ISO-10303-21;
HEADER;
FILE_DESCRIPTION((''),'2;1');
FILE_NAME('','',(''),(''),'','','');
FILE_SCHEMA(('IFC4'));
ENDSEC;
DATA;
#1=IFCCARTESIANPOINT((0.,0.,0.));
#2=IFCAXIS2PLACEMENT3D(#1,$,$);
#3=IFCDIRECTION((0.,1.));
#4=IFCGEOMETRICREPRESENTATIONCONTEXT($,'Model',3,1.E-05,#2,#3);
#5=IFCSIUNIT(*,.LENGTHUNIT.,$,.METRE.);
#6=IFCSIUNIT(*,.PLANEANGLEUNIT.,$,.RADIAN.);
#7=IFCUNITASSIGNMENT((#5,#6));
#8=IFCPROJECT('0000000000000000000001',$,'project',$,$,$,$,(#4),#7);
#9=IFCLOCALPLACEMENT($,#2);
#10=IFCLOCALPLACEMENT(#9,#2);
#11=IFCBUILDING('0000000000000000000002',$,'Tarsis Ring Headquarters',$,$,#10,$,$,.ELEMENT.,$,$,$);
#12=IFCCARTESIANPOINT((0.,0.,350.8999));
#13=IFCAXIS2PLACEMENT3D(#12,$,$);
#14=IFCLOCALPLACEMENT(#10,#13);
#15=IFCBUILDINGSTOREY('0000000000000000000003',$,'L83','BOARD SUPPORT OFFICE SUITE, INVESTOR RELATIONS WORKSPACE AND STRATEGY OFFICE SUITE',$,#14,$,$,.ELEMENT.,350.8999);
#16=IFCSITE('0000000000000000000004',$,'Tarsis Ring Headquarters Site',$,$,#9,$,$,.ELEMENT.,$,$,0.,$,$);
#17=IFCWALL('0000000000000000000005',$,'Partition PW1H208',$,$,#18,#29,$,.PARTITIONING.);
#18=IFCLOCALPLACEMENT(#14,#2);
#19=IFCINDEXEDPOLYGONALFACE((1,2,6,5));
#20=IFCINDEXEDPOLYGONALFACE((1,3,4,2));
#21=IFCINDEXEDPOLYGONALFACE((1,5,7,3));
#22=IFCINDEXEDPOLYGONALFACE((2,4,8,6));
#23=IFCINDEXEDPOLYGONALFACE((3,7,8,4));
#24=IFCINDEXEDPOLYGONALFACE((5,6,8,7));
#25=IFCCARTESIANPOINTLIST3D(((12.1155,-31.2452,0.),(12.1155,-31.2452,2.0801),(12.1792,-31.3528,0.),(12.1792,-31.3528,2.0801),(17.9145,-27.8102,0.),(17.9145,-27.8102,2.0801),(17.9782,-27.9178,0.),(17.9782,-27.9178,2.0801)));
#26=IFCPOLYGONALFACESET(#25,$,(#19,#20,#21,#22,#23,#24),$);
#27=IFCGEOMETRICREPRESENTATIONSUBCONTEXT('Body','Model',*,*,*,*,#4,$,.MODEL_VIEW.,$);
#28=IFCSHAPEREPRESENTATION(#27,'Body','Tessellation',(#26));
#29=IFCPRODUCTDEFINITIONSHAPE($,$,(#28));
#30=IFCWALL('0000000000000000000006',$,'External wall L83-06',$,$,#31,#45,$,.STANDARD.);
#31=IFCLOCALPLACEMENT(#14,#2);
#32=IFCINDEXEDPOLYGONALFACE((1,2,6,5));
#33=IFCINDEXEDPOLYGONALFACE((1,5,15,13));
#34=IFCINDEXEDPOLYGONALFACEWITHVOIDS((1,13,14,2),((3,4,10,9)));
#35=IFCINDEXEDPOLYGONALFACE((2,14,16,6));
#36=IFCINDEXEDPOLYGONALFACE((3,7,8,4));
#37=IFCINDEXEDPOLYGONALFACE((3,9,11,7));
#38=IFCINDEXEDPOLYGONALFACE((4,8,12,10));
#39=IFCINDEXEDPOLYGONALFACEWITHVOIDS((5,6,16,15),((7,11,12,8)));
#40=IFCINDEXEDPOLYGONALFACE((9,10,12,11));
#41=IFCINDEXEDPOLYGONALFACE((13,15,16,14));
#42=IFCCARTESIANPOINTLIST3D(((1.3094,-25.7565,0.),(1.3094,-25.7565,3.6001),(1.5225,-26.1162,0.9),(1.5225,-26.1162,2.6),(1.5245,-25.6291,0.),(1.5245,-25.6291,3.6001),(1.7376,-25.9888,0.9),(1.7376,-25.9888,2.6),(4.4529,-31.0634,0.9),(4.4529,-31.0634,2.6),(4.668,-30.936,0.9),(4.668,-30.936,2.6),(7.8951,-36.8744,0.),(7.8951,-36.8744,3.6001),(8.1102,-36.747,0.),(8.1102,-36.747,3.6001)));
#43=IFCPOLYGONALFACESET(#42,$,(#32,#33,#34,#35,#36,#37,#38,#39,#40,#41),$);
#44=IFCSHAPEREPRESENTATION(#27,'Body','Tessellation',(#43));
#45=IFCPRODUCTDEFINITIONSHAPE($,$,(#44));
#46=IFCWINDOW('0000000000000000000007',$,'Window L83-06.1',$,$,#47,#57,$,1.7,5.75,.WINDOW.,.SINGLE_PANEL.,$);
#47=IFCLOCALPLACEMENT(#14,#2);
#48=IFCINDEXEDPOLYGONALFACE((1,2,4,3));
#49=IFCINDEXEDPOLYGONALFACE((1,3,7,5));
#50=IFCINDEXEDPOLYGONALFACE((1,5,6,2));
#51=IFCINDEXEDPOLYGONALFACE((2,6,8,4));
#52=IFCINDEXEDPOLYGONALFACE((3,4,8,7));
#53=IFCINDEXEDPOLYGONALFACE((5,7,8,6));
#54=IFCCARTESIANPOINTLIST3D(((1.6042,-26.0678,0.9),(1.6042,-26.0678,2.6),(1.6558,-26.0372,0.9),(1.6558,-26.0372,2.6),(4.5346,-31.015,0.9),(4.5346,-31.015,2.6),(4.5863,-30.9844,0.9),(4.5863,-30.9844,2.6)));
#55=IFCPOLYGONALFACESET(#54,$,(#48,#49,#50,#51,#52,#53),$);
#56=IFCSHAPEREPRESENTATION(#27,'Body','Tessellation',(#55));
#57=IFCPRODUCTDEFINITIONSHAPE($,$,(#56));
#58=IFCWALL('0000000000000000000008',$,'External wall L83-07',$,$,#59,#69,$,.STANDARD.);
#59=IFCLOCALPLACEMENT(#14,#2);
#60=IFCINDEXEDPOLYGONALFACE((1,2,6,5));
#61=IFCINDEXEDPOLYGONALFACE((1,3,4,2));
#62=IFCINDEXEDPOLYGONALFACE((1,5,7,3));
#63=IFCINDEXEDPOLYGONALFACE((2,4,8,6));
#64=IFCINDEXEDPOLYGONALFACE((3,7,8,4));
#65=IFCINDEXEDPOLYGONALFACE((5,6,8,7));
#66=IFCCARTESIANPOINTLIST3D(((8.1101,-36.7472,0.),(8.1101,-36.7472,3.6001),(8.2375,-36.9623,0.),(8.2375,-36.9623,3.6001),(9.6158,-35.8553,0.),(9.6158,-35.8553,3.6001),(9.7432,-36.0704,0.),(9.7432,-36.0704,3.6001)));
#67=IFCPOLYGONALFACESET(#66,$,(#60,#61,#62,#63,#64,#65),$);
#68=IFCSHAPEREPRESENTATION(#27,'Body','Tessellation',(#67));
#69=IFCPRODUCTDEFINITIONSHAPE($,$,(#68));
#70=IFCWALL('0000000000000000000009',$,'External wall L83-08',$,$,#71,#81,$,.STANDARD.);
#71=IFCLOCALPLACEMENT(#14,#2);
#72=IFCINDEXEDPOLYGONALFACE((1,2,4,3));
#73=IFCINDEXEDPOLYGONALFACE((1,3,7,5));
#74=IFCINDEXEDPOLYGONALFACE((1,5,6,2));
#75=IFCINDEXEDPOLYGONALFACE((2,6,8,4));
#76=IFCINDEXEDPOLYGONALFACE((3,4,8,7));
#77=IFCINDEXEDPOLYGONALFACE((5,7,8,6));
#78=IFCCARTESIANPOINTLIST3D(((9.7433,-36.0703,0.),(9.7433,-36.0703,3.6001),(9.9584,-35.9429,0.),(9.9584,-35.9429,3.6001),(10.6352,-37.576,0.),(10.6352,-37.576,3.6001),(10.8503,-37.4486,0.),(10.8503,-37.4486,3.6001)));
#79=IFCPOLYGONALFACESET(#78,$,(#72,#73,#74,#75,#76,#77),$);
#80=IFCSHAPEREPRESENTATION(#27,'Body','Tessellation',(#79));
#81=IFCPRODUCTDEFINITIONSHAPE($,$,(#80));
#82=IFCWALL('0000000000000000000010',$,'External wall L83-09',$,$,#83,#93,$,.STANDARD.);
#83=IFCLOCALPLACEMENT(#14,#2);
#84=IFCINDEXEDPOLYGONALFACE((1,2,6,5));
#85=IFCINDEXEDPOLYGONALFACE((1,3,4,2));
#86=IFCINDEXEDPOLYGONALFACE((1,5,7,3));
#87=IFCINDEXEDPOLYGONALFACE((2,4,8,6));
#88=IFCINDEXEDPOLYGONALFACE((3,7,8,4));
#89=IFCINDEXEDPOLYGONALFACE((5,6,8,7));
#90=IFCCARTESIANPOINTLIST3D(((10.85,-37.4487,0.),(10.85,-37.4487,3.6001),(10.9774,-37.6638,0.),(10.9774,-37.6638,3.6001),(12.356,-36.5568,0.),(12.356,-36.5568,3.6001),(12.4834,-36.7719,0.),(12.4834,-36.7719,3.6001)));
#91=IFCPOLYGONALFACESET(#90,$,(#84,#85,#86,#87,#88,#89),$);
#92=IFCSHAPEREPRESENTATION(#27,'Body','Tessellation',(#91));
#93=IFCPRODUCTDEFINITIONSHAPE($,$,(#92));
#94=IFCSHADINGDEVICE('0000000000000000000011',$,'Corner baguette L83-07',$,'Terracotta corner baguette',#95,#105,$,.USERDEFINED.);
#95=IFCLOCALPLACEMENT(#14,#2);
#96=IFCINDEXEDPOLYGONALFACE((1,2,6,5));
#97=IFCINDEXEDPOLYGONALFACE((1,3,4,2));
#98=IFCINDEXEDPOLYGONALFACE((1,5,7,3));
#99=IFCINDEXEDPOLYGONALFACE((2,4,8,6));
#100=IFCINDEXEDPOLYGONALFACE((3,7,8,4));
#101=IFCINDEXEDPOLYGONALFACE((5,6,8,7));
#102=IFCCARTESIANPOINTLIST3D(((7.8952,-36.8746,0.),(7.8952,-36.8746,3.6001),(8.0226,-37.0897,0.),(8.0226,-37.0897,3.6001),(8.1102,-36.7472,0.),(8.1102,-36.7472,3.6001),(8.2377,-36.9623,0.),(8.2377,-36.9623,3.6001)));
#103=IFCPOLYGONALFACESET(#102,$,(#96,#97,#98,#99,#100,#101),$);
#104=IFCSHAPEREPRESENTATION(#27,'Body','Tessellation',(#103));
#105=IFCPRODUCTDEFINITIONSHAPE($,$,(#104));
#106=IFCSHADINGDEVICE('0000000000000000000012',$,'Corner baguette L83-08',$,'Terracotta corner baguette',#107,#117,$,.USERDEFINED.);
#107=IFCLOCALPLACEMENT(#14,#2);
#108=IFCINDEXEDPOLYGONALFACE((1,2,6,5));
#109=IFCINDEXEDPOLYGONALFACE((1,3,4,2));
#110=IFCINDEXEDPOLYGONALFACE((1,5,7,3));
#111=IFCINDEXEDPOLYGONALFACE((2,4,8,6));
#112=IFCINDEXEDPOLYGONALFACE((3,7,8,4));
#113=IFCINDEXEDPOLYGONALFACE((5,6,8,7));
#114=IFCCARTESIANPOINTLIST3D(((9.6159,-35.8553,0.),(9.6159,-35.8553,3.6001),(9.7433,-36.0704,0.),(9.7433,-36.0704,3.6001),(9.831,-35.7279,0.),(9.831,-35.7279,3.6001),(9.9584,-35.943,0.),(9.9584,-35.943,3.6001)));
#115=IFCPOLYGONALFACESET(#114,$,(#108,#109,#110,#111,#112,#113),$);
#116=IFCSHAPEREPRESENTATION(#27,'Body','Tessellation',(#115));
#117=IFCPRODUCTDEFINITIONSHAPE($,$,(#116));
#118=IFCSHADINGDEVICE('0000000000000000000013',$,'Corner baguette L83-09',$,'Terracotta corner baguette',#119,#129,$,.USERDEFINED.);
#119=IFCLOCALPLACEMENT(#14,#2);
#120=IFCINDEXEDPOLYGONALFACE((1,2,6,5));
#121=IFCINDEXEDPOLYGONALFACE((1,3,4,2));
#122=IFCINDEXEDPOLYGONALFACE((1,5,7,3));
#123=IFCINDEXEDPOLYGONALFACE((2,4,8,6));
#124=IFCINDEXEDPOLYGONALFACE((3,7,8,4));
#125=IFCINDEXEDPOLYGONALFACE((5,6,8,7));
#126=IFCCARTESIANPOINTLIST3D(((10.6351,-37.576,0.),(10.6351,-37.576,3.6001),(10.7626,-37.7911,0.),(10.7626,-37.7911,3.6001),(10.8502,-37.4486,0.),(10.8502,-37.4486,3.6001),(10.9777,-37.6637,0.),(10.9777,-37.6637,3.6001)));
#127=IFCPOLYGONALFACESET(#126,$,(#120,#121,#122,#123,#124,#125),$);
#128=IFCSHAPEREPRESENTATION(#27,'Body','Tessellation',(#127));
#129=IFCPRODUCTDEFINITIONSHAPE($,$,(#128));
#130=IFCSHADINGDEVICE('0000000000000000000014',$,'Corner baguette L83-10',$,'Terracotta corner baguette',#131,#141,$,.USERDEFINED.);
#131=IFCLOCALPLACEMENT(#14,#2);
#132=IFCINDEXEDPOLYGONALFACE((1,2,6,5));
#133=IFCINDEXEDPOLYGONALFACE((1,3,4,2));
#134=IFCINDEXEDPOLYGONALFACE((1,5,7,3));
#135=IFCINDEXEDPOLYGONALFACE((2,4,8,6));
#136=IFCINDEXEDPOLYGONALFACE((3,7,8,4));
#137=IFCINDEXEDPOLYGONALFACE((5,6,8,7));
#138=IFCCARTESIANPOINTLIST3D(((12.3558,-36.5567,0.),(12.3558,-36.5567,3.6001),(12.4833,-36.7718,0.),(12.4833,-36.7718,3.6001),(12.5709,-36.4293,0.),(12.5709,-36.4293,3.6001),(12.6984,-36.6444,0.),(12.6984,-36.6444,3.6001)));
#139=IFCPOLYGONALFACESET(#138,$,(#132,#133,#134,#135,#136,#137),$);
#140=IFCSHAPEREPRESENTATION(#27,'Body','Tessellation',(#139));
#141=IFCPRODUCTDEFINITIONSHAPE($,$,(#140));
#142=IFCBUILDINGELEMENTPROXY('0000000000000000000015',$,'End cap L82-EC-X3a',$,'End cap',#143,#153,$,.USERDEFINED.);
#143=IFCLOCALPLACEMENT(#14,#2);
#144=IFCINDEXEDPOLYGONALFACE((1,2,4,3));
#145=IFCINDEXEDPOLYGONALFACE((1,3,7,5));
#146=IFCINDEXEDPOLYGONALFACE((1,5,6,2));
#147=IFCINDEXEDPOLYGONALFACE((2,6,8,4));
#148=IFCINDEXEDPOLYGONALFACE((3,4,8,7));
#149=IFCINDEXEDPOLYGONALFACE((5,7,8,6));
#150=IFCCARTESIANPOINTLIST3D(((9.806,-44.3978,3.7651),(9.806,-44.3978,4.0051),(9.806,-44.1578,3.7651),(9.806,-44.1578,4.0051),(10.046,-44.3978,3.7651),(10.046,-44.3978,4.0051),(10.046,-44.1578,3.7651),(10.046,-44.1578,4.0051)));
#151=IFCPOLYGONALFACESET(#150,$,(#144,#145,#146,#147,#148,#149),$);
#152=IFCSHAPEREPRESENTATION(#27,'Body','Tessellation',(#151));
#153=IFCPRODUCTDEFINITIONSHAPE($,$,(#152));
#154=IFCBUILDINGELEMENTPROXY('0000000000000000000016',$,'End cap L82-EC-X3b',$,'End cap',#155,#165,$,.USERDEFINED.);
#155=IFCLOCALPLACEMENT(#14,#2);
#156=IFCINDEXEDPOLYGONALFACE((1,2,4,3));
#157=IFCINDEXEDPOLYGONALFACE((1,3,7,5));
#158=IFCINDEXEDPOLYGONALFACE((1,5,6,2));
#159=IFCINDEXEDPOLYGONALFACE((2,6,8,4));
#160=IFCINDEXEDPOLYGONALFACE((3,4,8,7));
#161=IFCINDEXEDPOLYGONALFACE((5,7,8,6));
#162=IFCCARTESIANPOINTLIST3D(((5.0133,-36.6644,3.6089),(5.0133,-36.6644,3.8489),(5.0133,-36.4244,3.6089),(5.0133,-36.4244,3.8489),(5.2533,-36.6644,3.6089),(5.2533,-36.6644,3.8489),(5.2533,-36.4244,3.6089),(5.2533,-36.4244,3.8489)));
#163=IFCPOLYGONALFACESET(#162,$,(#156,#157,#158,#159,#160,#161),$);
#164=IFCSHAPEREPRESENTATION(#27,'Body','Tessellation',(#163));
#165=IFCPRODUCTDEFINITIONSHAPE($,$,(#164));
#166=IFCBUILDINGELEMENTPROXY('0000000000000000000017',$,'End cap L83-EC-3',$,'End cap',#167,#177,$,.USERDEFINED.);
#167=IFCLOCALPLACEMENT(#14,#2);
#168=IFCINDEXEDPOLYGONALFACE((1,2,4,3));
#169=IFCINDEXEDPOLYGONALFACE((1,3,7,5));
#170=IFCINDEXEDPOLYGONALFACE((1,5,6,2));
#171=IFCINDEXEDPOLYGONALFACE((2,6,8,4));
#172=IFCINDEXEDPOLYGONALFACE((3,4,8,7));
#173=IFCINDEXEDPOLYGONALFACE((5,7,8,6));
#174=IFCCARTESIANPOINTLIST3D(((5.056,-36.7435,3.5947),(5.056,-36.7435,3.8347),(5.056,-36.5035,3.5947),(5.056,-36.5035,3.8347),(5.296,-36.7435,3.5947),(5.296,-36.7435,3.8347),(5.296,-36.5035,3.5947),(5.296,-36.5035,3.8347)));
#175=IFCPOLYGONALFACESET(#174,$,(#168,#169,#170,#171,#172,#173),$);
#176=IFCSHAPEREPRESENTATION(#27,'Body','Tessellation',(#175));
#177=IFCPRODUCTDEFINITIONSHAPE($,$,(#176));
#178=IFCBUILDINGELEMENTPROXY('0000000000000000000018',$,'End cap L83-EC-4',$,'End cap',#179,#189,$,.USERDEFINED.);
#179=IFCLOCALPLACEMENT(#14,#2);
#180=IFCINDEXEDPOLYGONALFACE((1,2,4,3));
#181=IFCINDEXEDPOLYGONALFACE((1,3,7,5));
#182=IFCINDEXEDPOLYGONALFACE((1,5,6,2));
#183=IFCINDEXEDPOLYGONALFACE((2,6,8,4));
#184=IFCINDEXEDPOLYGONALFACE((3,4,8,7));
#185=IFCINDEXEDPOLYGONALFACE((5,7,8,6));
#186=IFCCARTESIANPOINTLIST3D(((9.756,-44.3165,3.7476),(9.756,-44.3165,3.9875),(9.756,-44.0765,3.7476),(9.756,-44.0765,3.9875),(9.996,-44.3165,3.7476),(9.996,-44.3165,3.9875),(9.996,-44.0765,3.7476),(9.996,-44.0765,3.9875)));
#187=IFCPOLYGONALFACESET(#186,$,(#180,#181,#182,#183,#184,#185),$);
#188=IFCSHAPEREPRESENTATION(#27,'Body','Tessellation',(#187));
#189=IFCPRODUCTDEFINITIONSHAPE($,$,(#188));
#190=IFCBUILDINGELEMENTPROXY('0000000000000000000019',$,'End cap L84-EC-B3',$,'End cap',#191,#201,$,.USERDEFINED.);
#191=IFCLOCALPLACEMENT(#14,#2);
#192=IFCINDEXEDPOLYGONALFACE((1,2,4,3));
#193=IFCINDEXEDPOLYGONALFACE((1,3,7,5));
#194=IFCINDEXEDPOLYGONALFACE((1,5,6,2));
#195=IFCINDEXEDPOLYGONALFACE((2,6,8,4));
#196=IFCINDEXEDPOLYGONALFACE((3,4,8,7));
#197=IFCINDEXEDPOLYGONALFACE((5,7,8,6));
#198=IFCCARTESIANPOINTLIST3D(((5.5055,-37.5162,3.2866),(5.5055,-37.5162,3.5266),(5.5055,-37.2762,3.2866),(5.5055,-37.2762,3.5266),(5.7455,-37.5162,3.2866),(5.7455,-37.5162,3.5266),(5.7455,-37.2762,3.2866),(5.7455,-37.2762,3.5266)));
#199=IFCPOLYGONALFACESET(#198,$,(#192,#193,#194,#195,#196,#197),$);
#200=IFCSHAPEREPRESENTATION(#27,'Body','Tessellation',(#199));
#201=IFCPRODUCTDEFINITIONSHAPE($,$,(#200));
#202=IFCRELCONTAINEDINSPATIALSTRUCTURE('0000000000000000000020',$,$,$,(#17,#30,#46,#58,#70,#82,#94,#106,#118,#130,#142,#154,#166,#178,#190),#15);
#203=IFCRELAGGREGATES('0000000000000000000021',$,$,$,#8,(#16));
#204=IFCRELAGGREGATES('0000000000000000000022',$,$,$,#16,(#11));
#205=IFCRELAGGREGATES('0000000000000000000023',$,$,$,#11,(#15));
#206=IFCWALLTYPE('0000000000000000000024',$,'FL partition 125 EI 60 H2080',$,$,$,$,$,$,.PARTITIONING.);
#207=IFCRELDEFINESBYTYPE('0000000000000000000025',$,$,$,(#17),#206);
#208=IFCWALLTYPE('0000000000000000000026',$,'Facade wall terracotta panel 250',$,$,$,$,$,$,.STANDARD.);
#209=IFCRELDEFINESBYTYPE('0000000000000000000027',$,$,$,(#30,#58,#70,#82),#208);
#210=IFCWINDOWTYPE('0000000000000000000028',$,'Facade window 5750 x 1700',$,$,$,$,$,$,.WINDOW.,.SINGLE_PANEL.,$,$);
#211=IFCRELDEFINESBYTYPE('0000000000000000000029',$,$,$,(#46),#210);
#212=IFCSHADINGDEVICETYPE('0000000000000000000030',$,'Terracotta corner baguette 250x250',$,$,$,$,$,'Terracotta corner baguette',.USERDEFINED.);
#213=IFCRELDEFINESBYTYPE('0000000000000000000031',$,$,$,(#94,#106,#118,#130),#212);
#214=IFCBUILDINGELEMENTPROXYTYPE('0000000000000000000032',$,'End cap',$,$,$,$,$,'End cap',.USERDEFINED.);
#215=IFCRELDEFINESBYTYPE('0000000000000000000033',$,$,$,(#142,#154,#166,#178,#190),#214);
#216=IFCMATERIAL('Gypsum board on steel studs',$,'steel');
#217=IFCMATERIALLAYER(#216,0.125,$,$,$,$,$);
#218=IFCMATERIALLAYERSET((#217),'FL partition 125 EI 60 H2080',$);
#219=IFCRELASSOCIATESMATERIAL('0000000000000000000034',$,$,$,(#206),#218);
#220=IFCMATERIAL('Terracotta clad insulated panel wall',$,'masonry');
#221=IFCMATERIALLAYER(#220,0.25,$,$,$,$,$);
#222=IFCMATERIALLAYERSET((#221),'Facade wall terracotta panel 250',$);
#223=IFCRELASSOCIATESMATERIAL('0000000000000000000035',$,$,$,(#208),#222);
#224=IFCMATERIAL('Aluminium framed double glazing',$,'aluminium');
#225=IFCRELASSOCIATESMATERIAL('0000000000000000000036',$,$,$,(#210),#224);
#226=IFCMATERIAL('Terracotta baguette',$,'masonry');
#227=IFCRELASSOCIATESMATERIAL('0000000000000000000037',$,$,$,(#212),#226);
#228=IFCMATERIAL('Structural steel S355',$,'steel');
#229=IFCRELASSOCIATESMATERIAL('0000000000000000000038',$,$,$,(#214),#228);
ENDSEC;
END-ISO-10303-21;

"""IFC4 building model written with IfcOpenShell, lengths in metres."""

from ifc_helpers import new_model, si_unit, direction, frame, frame_2d, origin, origin_2d, place, context, subcontext, project, spatial, rectangle, extrude, material, layer, layer_set, type_object, element, fill, save


model = new_model("IFC4")

# Units and contexts
model_context = context("Model", 3, precision=1e-05, world=origin(), true_north=direction((0.0, 1.0)))
body_context = subcontext(model_context, "Body", "Model", "MODEL_VIEW")
ifc_project = project(units=[si_unit("LENGTHUNIT", "METRE"), si_unit("PLANEANGLEUNIT", "RADIAN")], contexts=[model_context])

# Site, building, storey
site_placement = place(None, origin())
site = spatial("IfcSite", under=ifc_project, at=site_placement, Name="Tarsis Ring Headquarters Site", CompositionType="ELEMENT", RefElevation=0.0)
building_placement = place(site_placement, origin())
building = spatial("IfcBuilding", under=site, at=building_placement, Name="Tarsis Ring Headquarters", CompositionType="ELEMENT")
storey_placement = place(building_placement, frame((0.0, 0.0, 350.8999)))
storey = spatial("IfcBuildingStorey", under=building, at=storey_placement, Name="L83", Description="BOARD SUPPORT OFFICE SUITE, INVESTOR RELATIONS WORKSPACE AND STRATEGY OFFICE SUITE", CompositionType="ELEMENT", Elevation=350.8999)

# Shared definitions
ifc_material_1 = material(Name="Structural steel S355", Category="steel")

# Shared definitions
ifc_material_2 = material(Name="Gypsum board on steel studs", Category="steel")

# Shared definitions
ifc_layer_1 = layer(ifc_material_2, 0.125)
ifc_layer_set_1 = layer_set([ifc_layer_1], Name="FL partition 125 EI 60 H2080")
wall_type_1 = type_object("IfcWallType", Name="FL partition 125 EI 60 H2080", PredefinedType="PARTITIONING", material=ifc_layer_set_1)

# Wall
wall_1_placement = place(storey_placement, frame((12.1472, -31.2991, 0.0), z_axis=(0.0, 0.0, 1.0), x_axis=(0.860384, 0.509646, 0.0)))
element("IfcWall", 1, at=wall_1_placement, inside=storey, type_object=wall_type_1, Name="Partition PW1H208", PredefinedType="PARTITIONING", context=body_context, shape_type="SweptSolid", body=[
    extrude(rectangle(XDim=6.74, YDim=0.125, at=frame_2d((3.3701, 0.0))), origin(), (0.0, 0.0, 1.0), 2.0801),
])

# Wall, opening, window
ifc_material_3 = material(Name="Terracotta clad insulated panel wall", Category="masonry")
ifc_layer_2 = layer(ifc_material_3, 0.25)
ifc_layer_set_2 = layer_set([ifc_layer_2], Name="Facade wall terracotta panel 250")
wall_type_2 = type_object("IfcWallType", Name="Facade wall terracotta panel 250", PredefinedType="STANDARD", material=ifc_layer_set_2)
wall_2_placement = place(storey_placement, frame((1.417, -25.6929, 0.0), z_axis=(0.0, 0.0, 1.0), x_axis=(0.509648, -0.860383, 0.0)))
wall_2 = element("IfcWall", 2, at=wall_2_placement, inside=storey, type_object=wall_type_2, Name="External wall L83-06", PredefinedType="STANDARD", context=body_context, shape_type="SweptSolid", body=[
    extrude(rectangle(XDim=12.9221, YDim=0.25, at=frame_2d((6.4609, 0.0))), origin(), (0.0, 0.0, 1.0), 3.6001),
])
opening_1_placement = place(wall_2_placement, frame((0.418, 0.0, 0.8999)))
opening_1 = element("IfcOpeningElement", 3, at=opening_1_placement, cuts=wall_2, PredefinedType="OPENING", context=body_context, shape_type="SweptSolid", body=[
    extrude(rectangle(XDim=5.75, YDim=1.7, at=frame_2d((2.875, 0.8501))), frame((0.0, 0.135, 0.0), z_axis=(0.0, -1.0, 0.0), x_axis=(1.0, 0.0, 0.0)), (0.0, 0.0, 1.0), 0.27),
])
ifc_material_4 = material(Name="Aluminium framed double glazing", Category="aluminium")
window_type = type_object("IfcWindowType", Name="Facade window 5750 x 1700", PartitioningType="SINGLE_PANEL", PredefinedType="WINDOW", material=ifc_material_4)
window_placement = place(opening_1_placement, origin())
window = element("IfcWindow", 4, at=window_placement, inside=storey, type_object=window_type, Name="Window L83-06.1", OverallHeight=1.7, OverallWidth=5.75, PartitioningType="SINGLE_PANEL", PredefinedType="WINDOW", context=body_context, shape_type="SweptSolid", body=[
    extrude(rectangle(XDim=5.75, YDim=1.7, at=frame_2d((2.875, 0.8501))), frame((0.0, 0.03, 0.0), z_axis=(0.0, -1.0, 0.0), x_axis=(1.0, 0.0, 0.0)), (0.0, 0.0, 1.0), 0.0601),
])
fill(opening_1, window)

# Walls
for number, where, z_axis, x_axis, name in (
    (5, (8.1738, -36.8547, 0.0), (0.0, 0.0, 1.0), (0.860384, 0.509646, 0.0), "External wall L83-07"),
    (6, (9.8508, -36.0066, 0.0), (0.0, 0.0, 1.0), (0.509646, -0.860384, 0.0), "External wall L83-08"),
):
    element("IfcWall", number, at=place(storey_placement, frame(where, z_axis=z_axis, x_axis=x_axis)), inside=storey, type_object=wall_type_2, Name=name, PredefinedType="STANDARD", context=body_context, shape_type="SweptSolid", body=[
        extrude(rectangle(XDim=1.75, YDim=0.25, at=frame_2d((0.875, 0.0))), origin(), (0.0, 0.0, 1.0), 3.6001),
    ])
wall_3_placement = place(storey_placement, frame((10.9138, -37.5562, 0.0), z_axis=(0.0, 0.0, 1.0), x_axis=(0.860421, 0.509584, 0.0)))
element("IfcWall", 7, at=wall_3_placement, inside=storey, type_object=wall_type_2, Name="External wall L83-09", PredefinedType="STANDARD", context=body_context, shape_type="SweptSolid", body=[
    extrude(rectangle(XDim=1.7502, YDim=0.25, at=frame_2d((0.875, 0.0))), origin(), (0.0, 0.0, 1.0), 3.6001),
])

# Shading devices
ifc_material_5 = material(Name="Terracotta baguette", Category="masonry")
shading_device_type = type_object("IfcShadingDeviceType", Name="Terracotta corner baguette 250x250", ElementType="Terracotta corner baguette", PredefinedType="USERDEFINED", material=ifc_material_5)
for number, where, z_axis, x_axis, name in (
    (8, (8.0664, -36.9185, 0.0), (0.0, 0.0, 1.0), (0.509642, -0.860386, 0.0), "Corner baguette L83-07"),
    (9, (9.7871, -35.8992, 0.0), (0.0, 0.0, 1.0), (0.860386, 0.509642, 0.0), "Corner baguette L83-08"),
    (10, (10.8064, -37.6199, 0.0), (0.0, 0.0, 1.0), (0.509642, -0.860386, 0.0), "Corner baguette L83-09"),
    (11, (12.5271, -36.6006, 0.0), (0.0, 0.0, 1.0), (0.860386, 0.509642, 0.0), "Corner baguette L83-10"),
):
    element("IfcShadingDevice", number, at=place(storey_placement, frame(where, z_axis=z_axis, x_axis=x_axis)), inside=storey, type_object=shading_device_type, Name=name, ObjectType="Terracotta corner baguette", PredefinedType="USERDEFINED", context=body_context, shape_type="SweptSolid", body=[
        extrude(rectangle(XDim=0.25, YDim=0.25, at=origin_2d()), origin(), (0.0, 0.0, 1.0), 3.6001),
    ])

# Building element proxies
building_element_proxy_type = type_object("IfcBuildingElementProxyType", Name="End cap", ElementType="End cap", PredefinedType="USERDEFINED", material=ifc_material_1)
for number, where, z_axis, x_axis, name in (
    (12, (9.926, -44.2778, 3.7651), (0.0, 0.0, 1.0), (1.0, 0.0, 0.0), "End cap L82-EC-X3a"),
    (13, (5.1333, -36.5444, 3.6089), (0.0, 0.0, 1.0), (1.0, 0.0, 0.0), "End cap L82-EC-X3b"),
    (14, (5.176, -36.6235, 3.5947), (0.0, 0.0, 1.0), (1.0, 0.0, 0.0), "End cap L83-EC-3"),
    (15, (9.876, -44.1965, 3.7476), (0.0, 0.0, 1.0), (1.0, 0.0, 0.0), "End cap L83-EC-4"),
    (16, (5.6255, -37.3962, 3.2866), (0.0, 0.0, 1.0), (1.0, 0.0, 0.0), "End cap L84-EC-B3"),
):
    element("IfcBuildingElementProxy", number, at=place(storey_placement, frame(where, z_axis=z_axis, x_axis=x_axis)), inside=storey, type_object=building_element_proxy_type, Name=name, ObjectType="End cap", PredefinedType="USERDEFINED", context=body_context, shape_type="SweptSolid", body=[
        extrude(rectangle(XDim=0.24, YDim=0.24, at=origin_2d()), origin(), (0.0, 0.0, 1.0), 0.24),
    ])

save(model, "model.ifc")
